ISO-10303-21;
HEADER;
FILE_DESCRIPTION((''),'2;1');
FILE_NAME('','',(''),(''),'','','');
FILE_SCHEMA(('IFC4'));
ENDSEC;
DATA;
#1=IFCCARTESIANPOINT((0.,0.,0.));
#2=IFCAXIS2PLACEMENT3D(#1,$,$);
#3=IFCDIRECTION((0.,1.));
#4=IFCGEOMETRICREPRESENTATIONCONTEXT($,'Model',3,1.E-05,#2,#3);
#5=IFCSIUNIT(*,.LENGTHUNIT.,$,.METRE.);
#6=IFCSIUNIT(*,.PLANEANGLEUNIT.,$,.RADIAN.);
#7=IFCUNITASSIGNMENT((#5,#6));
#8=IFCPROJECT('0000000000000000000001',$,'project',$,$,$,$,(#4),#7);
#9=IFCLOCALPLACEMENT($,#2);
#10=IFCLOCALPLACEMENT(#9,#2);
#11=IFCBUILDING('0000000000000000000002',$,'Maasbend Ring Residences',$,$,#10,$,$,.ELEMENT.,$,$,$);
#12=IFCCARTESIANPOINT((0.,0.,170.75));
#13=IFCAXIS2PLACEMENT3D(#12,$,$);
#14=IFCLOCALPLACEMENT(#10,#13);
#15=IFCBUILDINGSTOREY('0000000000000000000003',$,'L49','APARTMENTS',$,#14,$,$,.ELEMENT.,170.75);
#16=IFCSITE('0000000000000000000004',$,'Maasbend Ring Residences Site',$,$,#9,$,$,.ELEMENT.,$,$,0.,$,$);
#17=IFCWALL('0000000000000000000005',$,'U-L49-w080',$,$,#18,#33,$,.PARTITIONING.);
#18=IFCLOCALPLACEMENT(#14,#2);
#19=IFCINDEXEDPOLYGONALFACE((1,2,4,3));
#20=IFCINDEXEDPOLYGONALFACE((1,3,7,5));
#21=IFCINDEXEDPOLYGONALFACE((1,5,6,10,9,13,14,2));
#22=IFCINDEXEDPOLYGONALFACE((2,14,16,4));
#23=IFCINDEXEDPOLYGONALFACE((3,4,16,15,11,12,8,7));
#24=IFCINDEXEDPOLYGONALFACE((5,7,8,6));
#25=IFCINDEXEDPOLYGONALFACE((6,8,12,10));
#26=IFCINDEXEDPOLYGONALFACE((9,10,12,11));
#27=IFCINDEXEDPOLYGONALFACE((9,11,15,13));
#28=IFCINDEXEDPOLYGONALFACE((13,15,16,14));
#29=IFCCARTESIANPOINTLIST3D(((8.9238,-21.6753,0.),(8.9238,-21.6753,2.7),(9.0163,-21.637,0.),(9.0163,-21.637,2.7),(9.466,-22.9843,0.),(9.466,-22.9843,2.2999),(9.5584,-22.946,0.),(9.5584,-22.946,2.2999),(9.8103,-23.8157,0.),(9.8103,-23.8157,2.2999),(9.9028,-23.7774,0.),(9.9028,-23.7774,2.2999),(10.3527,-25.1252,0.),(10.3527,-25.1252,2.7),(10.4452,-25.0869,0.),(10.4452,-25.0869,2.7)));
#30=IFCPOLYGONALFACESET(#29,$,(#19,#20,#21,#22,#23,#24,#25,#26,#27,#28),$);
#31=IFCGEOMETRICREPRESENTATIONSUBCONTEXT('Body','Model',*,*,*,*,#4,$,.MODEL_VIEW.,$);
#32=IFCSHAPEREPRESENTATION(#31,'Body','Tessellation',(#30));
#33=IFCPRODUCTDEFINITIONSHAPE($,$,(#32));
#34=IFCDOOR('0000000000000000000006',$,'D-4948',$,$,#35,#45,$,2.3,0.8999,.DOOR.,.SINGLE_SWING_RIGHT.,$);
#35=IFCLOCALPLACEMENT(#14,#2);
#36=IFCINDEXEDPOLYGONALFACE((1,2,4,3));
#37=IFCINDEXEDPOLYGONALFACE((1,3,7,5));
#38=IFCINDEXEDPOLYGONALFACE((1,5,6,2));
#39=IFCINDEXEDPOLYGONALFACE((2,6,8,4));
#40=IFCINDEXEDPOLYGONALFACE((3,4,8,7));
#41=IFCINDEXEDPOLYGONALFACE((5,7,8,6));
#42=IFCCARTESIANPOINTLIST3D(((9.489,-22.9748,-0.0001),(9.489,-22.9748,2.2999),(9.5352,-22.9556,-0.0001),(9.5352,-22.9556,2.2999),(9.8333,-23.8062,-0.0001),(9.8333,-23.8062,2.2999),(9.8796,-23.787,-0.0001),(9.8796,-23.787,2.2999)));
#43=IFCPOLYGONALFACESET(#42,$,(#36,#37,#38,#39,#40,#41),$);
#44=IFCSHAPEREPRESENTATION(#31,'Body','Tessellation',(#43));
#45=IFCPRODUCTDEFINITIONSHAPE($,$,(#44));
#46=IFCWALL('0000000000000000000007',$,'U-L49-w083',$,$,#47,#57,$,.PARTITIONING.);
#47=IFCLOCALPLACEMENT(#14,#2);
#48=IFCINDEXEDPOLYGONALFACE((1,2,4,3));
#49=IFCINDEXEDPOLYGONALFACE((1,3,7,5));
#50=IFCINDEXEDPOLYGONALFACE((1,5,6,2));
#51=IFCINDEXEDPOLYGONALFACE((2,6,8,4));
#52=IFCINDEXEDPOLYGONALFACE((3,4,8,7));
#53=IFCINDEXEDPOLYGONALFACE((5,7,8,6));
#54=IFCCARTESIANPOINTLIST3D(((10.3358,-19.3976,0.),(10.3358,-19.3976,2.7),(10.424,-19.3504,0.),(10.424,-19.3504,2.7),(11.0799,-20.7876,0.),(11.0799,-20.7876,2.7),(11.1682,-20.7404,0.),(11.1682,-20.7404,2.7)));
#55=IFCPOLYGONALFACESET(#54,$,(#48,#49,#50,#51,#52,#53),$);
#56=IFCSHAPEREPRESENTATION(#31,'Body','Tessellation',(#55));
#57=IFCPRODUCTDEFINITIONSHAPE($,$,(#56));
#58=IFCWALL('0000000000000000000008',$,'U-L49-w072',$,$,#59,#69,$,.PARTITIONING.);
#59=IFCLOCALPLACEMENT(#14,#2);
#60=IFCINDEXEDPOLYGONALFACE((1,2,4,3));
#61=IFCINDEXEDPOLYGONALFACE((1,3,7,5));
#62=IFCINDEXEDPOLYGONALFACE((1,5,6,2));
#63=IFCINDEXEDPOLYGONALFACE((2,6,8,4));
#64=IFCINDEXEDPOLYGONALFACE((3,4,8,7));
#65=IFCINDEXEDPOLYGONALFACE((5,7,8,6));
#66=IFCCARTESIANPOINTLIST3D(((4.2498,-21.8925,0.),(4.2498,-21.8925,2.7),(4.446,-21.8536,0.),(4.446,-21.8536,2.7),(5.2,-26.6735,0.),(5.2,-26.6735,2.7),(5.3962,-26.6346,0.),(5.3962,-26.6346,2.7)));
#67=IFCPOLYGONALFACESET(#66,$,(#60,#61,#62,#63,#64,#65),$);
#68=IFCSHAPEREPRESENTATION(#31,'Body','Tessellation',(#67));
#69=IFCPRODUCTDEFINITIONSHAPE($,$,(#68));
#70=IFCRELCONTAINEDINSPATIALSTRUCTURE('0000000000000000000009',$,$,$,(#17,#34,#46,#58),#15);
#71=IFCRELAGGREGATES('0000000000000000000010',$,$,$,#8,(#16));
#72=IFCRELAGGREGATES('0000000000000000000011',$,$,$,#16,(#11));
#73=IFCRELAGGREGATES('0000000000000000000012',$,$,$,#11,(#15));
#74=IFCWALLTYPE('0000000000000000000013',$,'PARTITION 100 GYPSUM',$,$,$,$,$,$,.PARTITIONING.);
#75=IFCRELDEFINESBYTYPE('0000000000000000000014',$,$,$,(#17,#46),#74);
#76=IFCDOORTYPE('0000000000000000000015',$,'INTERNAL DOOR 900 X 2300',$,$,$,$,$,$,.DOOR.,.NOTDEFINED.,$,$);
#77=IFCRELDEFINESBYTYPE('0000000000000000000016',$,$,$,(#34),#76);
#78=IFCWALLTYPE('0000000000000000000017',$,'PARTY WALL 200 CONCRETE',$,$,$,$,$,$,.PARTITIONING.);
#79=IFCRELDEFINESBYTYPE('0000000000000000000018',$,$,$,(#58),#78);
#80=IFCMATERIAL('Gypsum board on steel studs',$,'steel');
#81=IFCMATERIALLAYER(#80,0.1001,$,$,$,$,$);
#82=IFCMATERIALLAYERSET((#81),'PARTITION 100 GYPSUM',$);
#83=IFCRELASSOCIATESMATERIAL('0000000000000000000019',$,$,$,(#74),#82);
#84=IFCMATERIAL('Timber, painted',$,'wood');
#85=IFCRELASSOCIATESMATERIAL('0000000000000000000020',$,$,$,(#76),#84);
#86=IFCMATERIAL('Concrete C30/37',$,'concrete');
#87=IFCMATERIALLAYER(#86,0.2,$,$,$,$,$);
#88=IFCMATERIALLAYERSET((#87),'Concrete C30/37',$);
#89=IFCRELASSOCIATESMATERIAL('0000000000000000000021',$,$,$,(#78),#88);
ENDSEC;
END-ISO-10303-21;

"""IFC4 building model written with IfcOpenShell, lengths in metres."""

from ifc_helpers import new_model, si_unit, direction, frame, frame_2d, origin, place, context, subcontext, project, spatial, rectangle, extrude, material, layer, layer_set, type_object, element, fill, save


model = new_model("IFC4")

# Units and contexts
model_context = context("Model", 3, precision=1e-05, world=origin(), true_north=direction((0.0, 1.0)))
body_context = subcontext(model_context, "Body", "Model", "MODEL_VIEW")
ifc_project = project(units=[si_unit("LENGTHUNIT", "METRE"), si_unit("PLANEANGLEUNIT", "RADIAN")], contexts=[model_context])

# Site, building, storey
site_placement = place(None, origin())
site = spatial("IfcSite", under=ifc_project, at=site_placement, Name="Maasbend Ring Residences Site", CompositionType="ELEMENT", RefElevation=0.0)
building_placement = place(site_placement, origin())
building = spatial("IfcBuilding", under=site, at=building_placement, Name="Maasbend Ring Residences", CompositionType="ELEMENT")
storey_placement = place(building_placement, frame((0.0, 0.0, 170.75)))
storey = spatial("IfcBuildingStorey", under=building, at=storey_placement, Name="L49", Description="APARTMENTS", CompositionType="ELEMENT", Elevation=170.75)

# Shared definitions
ifc_material_1 = material(Name="Gypsum board on steel studs", Category="steel")
ifc_layer_1 = layer(ifc_material_1, 0.1001)
ifc_layer_set_1 = layer_set([ifc_layer_1], Name="PARTITION 100 GYPSUM")
wall_type_1 = type_object("IfcWallType", Name="PARTITION 100 GYPSUM", PredefinedType="PARTITIONING", material=ifc_layer_set_1)

# Wall, opening, door
ifc_material_2 = material(Name="Timber, painted", Category="wood")
door_type_1 = type_object("IfcDoorType", Name="INTERNAL DOOR 900 X 2300", OperationType="NOTDEFINED", PredefinedType="DOOR", material=ifc_material_2)
wall_1_placement = place(storey_placement, frame((8.97, -21.656, 0.0), z_axis=(0.0, 0.0, 1.0), x_axis=(0.382669, -0.923885, 0.0)))
wall_1 = element("IfcWall", 1, at=wall_1_placement, inside=storey, type_object=wall_type_1, Name="U-L49-w080", PredefinedType="PARTITIONING", context=body_context, shape_type="SweptSolid", body=[
    extrude(rectangle(XDim=3.7341, YDim=0.1001, at=frame_2d((1.8672, 0.0))), origin(), (0.0, 0.0, 1.0), 2.7),
])
opening_1_placement = place(wall_1_placement, frame((1.417, 0.0, 0.0)))
opening_1 = element("IfcOpeningElement", 2, at=opening_1_placement, cuts=wall_1, PredefinedType="OPENING", context=body_context, shape_type="SweptSolid", body=[
    extrude(rectangle(XDim=0.8999, YDim=2.3, at=frame_2d((0.45, 1.1499))), frame((0.0, 0.0601, 0.0), z_axis=(0.0, -1.0, 0.0), x_axis=(1.0, 0.0, 0.0)), (0.0, 0.0, 1.0), 0.1201),
])
door_1_placement = place(opening_1_placement, origin())
door_1 = element("IfcDoor", 3, at=door_1_placement, inside=storey, type_object=door_type_1, Name="D-4948", OperationType="SINGLE_SWING_RIGHT", OverallHeight=2.3, OverallWidth=0.8999, PredefinedType="DOOR", context=body_context, shape_type="SweptSolid", body=[
    extrude(rectangle(XDim=0.8999, YDim=2.3, at=frame_2d((0.45, 1.1499))), frame((0.0, 0.0249, 0.0), z_axis=(0.0, -1.0, 0.0), x_axis=(1.0, 0.0, 0.0)), (0.0, 0.0, 1.0), 0.05),
])
fill(opening_1, door_1)

# Walls
wall_2_placement = place(storey_placement, frame((10.3799, -19.374, 0.0), z_axis=(0.0, 0.0, 1.0), x_axis=(0.472002, -0.881597, 0.0)))
element("IfcWall", 4, at=wall_2_placement, inside=storey, type_object=wall_type_1, Name="U-L49-w083", PredefinedType="PARTITIONING", context=body_context, shape_type="SweptSolid", body=[
    extrude(rectangle(XDim=1.5767, YDim=0.1001, at=frame_2d((0.7883, 0.0))), origin(), (0.0, 0.0, 1.0), 2.7),
])
ifc_material_3 = material(Name="Concrete C30/37", Category="concrete")
ifc_layer_2 = layer(ifc_material_3, 0.2)
ifc_layer_set_2 = layer_set([ifc_layer_2], Name="Concrete C30/37")
wall_type_2 = type_object("IfcWallType", Name="PARTY WALL 200 CONCRETE", PredefinedType="PARTITIONING", material=ifc_layer_set_2)
wall_3_placement = place(storey_placement, frame((4.3479, -21.873, 0.0), z_axis=(0.0, 0.0, 1.0), x_axis=(0.194931, -0.980817, 0.0)))
element("IfcWall", 5, at=wall_3_placement, inside=storey, type_object=wall_type_2, Name="U-L49-w072", PredefinedType="PARTITIONING", context=body_context, shape_type="SweptSolid", body=[
    extrude(rectangle(XDim=4.8745, YDim=0.2, at=frame_2d((2.4373, 0.0))), origin(), (0.0, 0.0, 1.0), 2.7),
])

save(model, "model.ifc")
